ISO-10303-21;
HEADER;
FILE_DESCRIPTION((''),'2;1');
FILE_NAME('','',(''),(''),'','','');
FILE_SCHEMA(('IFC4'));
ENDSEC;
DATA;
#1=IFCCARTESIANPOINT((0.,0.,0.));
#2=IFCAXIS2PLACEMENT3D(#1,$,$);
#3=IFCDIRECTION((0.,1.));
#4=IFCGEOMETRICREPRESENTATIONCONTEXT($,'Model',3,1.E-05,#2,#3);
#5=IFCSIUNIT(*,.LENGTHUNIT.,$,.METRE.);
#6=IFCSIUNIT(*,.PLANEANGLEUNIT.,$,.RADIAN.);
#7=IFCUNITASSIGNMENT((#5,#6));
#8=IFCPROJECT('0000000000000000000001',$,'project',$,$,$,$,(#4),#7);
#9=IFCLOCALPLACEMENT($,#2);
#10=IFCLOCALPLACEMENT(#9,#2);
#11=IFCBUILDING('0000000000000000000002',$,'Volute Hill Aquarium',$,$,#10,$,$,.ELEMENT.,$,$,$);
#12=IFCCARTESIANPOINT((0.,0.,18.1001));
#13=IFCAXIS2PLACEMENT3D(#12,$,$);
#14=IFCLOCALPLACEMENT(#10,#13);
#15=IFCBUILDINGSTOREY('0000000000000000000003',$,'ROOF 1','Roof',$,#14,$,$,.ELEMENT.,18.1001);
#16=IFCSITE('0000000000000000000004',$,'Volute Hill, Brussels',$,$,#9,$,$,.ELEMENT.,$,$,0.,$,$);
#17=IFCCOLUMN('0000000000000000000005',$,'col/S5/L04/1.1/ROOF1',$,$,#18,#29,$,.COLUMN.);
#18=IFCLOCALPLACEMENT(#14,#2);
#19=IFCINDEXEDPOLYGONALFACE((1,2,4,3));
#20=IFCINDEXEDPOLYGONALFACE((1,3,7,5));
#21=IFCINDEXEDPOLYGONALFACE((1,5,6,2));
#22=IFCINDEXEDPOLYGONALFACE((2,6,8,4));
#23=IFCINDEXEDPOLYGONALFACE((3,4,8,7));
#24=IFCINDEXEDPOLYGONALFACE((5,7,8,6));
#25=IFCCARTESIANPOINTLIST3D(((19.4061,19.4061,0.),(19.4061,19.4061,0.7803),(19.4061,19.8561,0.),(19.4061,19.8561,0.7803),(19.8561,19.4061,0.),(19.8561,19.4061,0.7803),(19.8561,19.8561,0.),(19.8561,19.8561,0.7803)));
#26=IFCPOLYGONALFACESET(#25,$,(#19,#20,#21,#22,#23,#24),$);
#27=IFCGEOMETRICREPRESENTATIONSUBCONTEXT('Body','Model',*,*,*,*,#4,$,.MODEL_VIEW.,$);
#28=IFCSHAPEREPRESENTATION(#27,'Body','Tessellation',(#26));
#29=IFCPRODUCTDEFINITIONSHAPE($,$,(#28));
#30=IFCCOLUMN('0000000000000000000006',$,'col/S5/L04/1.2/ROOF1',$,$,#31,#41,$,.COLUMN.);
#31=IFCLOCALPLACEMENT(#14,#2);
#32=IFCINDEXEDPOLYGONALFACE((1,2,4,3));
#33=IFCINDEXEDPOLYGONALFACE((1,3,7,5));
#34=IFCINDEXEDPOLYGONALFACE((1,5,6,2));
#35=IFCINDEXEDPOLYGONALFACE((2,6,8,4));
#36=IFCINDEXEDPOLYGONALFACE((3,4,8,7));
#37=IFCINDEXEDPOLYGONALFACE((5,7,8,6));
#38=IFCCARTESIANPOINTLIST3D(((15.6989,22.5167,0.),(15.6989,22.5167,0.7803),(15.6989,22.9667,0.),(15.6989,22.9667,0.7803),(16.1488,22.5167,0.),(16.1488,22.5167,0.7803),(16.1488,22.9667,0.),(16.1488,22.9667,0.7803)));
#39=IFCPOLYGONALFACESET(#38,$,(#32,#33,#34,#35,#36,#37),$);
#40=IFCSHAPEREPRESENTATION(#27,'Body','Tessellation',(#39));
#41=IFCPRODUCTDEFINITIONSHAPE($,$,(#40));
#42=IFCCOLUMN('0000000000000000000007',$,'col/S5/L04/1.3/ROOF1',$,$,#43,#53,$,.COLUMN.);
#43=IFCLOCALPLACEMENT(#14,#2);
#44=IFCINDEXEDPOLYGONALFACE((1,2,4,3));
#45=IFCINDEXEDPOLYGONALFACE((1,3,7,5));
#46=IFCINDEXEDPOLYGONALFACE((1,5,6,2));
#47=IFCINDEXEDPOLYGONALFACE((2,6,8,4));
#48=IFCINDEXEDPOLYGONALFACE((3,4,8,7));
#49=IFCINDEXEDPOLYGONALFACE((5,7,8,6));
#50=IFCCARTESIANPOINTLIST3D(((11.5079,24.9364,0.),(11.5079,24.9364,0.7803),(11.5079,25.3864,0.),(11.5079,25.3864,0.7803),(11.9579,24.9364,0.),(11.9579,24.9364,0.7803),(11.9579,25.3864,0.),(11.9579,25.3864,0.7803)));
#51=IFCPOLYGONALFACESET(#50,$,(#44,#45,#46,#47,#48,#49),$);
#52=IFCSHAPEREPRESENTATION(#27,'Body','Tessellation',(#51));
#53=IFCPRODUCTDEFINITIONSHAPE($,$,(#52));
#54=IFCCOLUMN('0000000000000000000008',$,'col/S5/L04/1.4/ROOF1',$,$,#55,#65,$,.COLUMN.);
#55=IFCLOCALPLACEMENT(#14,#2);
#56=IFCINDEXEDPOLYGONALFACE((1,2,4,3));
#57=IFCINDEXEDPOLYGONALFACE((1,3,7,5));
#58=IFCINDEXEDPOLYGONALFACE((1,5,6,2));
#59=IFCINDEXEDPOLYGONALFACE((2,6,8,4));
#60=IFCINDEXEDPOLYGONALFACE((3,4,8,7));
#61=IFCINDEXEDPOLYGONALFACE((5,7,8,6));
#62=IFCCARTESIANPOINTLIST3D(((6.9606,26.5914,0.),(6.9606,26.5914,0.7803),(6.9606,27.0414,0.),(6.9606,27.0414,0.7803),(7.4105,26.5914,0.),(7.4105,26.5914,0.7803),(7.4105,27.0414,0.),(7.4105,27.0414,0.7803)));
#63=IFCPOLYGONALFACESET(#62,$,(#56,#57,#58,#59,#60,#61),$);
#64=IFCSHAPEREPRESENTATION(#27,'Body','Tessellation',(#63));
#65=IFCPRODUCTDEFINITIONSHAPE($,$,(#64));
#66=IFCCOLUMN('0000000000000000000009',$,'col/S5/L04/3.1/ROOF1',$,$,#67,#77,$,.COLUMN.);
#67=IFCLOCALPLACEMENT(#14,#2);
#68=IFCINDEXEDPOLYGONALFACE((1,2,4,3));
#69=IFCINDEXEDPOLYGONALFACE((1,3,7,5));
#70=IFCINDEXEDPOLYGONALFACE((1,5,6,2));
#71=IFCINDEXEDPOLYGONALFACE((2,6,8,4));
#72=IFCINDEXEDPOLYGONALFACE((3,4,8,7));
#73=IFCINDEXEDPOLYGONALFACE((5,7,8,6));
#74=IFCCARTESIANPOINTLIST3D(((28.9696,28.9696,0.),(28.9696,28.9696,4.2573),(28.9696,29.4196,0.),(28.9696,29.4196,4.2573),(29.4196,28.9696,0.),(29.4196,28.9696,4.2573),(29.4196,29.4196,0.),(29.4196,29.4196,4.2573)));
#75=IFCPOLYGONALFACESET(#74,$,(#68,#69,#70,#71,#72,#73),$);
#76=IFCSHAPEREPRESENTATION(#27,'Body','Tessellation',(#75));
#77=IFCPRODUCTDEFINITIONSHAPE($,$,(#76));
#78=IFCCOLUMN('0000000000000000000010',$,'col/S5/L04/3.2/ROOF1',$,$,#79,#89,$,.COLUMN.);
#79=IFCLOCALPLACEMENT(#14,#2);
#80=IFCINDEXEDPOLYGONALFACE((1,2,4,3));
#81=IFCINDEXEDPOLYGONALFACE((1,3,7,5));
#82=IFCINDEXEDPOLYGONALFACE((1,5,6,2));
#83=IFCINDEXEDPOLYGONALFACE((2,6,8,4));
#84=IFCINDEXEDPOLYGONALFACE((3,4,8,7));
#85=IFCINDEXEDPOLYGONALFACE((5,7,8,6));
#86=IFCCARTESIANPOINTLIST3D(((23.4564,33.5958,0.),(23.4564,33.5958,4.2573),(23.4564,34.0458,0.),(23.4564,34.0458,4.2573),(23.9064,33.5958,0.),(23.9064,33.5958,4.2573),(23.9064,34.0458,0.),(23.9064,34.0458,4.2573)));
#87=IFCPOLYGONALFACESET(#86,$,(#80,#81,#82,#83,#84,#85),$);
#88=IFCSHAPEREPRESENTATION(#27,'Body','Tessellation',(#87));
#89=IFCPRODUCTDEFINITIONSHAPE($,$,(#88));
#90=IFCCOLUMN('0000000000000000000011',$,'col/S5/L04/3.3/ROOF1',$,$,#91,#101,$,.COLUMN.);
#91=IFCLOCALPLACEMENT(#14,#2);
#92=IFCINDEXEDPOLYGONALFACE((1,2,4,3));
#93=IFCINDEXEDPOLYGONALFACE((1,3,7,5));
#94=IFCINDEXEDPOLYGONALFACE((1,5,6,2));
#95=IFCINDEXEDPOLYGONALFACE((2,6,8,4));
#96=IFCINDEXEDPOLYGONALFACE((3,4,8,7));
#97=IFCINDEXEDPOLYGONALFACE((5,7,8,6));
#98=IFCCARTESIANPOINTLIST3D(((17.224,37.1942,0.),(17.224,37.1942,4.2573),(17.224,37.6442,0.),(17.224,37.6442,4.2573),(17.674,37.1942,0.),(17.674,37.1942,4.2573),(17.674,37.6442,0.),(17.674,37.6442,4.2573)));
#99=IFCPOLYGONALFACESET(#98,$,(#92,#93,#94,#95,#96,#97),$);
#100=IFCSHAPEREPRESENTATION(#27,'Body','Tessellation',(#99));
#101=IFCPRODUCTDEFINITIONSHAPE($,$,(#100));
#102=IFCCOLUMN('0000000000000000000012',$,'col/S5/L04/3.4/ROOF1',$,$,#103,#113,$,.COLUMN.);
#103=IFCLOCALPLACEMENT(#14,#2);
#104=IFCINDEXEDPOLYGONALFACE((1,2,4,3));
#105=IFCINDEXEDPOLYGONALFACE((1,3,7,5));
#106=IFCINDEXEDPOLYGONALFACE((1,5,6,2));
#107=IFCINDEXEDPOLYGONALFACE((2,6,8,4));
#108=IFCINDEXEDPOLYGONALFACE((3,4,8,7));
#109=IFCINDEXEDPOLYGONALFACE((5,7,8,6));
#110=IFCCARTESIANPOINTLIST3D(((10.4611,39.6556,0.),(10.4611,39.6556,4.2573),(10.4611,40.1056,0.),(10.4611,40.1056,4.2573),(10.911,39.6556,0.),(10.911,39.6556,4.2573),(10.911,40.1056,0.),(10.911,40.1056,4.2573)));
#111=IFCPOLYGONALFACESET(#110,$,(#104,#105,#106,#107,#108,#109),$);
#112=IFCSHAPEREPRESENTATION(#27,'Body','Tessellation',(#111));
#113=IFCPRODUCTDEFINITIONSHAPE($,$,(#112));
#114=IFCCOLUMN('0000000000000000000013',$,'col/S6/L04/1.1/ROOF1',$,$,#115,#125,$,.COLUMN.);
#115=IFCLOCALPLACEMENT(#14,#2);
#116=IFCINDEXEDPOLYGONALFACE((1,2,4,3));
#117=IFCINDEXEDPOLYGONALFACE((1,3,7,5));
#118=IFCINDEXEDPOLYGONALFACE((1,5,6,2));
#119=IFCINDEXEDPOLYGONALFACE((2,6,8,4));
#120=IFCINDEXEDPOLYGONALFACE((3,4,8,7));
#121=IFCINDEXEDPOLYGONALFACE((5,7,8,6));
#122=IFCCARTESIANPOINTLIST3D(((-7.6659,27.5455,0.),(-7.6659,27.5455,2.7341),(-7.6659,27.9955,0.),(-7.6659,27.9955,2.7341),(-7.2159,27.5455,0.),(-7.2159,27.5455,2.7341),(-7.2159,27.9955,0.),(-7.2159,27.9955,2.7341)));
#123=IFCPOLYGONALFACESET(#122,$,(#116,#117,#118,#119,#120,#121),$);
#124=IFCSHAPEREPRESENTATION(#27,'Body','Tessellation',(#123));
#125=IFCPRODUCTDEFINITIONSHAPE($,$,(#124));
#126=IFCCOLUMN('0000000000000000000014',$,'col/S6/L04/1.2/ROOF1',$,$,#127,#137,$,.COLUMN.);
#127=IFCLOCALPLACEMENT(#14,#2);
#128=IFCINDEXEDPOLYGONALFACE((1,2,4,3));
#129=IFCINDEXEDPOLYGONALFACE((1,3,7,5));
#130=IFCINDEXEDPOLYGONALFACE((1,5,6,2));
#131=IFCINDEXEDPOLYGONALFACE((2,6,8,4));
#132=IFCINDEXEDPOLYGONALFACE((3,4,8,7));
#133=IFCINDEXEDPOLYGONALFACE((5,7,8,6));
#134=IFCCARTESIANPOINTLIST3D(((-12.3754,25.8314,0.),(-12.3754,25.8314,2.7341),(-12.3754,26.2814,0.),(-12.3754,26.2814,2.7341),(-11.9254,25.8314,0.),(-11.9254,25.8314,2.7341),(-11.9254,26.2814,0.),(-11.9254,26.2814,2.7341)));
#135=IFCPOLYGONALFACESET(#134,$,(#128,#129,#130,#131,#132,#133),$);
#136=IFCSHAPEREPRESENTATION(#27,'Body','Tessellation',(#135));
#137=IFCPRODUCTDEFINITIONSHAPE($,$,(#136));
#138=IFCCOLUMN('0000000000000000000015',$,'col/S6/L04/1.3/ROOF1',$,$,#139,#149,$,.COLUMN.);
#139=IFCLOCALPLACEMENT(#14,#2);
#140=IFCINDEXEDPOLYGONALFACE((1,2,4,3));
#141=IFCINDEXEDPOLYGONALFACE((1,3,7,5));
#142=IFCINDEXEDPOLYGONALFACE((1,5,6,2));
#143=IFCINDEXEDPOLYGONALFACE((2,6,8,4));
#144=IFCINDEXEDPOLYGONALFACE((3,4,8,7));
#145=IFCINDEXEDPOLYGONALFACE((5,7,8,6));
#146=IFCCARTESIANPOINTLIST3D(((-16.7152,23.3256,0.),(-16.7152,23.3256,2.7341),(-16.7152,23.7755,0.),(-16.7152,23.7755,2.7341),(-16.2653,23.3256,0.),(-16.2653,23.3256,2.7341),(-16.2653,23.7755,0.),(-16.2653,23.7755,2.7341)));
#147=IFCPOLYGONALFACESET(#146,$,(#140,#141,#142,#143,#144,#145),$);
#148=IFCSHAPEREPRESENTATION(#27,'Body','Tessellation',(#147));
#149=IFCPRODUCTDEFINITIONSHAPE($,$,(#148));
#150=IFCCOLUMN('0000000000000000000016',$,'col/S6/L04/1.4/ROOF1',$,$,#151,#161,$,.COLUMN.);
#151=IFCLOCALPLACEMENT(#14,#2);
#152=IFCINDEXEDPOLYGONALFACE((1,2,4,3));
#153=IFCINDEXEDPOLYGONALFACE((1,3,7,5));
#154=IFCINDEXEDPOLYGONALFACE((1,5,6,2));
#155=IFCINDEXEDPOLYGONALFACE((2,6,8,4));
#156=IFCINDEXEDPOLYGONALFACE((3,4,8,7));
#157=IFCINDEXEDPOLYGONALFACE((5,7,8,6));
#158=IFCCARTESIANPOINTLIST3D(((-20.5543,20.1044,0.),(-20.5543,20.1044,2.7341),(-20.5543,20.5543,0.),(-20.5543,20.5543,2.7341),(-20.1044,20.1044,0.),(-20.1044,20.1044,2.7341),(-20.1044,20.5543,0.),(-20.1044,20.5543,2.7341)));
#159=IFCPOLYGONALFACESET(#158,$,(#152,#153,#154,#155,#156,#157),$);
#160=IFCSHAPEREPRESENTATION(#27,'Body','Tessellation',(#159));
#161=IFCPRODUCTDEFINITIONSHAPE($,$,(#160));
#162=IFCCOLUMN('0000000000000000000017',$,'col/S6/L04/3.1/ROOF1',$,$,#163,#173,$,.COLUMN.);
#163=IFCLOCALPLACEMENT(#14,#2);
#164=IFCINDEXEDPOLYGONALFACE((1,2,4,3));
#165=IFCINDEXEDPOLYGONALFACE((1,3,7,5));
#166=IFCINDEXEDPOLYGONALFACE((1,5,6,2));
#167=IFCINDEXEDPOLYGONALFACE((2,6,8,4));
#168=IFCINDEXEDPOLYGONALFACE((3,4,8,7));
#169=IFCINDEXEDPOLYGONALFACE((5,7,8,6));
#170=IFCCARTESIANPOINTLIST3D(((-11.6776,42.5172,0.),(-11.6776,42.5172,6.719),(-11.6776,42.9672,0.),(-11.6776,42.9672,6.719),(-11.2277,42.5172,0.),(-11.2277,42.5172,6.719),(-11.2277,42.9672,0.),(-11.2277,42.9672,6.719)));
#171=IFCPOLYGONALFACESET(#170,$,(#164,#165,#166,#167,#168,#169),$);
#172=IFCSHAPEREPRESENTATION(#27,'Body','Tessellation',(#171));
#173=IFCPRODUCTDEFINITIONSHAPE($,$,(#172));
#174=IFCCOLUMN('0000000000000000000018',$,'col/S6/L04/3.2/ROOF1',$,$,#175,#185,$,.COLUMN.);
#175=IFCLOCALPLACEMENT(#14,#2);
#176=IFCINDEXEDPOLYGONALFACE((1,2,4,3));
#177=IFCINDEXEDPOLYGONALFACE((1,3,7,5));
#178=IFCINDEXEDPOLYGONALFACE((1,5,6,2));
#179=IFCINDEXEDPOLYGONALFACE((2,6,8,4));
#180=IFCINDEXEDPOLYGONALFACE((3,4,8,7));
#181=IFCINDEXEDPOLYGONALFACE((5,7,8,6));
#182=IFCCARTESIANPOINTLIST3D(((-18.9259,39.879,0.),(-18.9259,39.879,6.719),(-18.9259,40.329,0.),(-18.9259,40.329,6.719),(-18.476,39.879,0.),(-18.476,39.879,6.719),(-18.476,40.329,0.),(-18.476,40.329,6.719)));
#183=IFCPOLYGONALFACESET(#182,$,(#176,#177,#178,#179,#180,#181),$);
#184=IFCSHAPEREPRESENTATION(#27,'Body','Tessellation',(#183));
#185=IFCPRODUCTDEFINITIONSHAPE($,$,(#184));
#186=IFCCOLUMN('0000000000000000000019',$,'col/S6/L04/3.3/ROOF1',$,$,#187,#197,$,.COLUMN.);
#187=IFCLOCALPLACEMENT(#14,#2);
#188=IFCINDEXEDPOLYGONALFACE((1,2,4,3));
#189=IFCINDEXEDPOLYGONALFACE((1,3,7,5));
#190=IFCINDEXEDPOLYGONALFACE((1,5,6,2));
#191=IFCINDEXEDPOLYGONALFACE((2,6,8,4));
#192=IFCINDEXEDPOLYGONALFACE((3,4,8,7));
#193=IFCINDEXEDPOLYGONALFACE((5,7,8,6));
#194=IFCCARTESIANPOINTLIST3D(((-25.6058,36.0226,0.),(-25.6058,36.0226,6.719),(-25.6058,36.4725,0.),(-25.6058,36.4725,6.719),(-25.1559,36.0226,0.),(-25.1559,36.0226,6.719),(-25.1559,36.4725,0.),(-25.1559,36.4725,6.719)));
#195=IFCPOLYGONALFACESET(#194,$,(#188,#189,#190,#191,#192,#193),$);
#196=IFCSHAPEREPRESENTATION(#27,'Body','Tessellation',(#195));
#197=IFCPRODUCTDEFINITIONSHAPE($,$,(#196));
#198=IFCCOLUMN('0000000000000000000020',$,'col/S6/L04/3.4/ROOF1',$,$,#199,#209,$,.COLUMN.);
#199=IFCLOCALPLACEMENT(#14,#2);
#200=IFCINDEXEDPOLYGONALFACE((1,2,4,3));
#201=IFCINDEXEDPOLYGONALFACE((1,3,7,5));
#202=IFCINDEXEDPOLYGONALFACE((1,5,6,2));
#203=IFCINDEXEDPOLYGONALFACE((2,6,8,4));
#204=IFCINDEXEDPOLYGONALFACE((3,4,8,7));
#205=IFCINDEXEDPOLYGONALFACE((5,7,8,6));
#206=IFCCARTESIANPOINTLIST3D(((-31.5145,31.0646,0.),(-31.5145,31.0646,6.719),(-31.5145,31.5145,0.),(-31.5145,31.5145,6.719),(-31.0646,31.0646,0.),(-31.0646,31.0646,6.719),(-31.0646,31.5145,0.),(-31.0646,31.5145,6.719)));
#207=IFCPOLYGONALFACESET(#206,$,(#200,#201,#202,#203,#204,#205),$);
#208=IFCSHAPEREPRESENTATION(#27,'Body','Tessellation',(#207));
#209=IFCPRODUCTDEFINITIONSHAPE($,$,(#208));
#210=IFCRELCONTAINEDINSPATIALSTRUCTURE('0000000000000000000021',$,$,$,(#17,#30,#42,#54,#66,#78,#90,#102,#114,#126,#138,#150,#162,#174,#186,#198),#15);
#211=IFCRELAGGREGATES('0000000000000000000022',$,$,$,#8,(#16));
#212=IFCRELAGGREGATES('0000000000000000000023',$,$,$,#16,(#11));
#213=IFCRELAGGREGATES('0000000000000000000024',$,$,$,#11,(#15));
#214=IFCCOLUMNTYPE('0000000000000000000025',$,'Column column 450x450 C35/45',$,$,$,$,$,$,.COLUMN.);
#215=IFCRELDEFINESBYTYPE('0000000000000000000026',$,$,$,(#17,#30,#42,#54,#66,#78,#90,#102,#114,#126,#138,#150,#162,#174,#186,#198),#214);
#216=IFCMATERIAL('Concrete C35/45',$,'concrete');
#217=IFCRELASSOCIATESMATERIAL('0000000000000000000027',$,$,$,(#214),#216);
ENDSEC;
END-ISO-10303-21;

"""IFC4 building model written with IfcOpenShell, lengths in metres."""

from ifc_helpers import new_model, si_unit, direction, frame, origin, origin_2d, place, context, subcontext, project, spatial, rectangle, extrude, material, material_profile, profile_set, type_object, element, save


model = new_model("IFC4")

# Units and contexts
model_context = context("Model", 3, precision=1e-05, world=origin(), true_north=direction((0.0, 1.0)))
body_context = subcontext(model_context, "Body", "Model", "MODEL_VIEW")
ifc_project = project(units=[si_unit("LENGTHUNIT", "METRE"), si_unit("PLANEANGLEUNIT", "RADIAN")], contexts=[model_context])

# Site, building, storey
site_placement = place(None, origin())
site = spatial("IfcSite", under=ifc_project, at=site_placement, Name="Volute Hill, Brussels", CompositionType="ELEMENT", RefElevation=0.0)
building_placement = place(site_placement, origin())
building = spatial("IfcBuilding", under=site, at=building_placement, Name="Volute Hill Aquarium", CompositionType="ELEMENT")
storey_placement = place(building_placement, frame((0.0, 0.0, 18.1001)))
storey = spatial("IfcBuildingStorey", under=building, at=storey_placement, Name="ROOF 1", Description="Roof", CompositionType="ELEMENT", Elevation=18.1001)

# Columns
ifc_material_1 = material(Name="Concrete C35/45", Category="concrete")
ifc_material_profile_1 = material_profile(ifc_material_1, rectangle(XDim=0.45, YDim=0.45, at=origin_2d()), Name="RC column 450x450")
ifc_profile_set_1 = profile_set([ifc_material_profile_1], Name="Concrete C35/45")
column_type_1 = type_object("IfcColumnType", Name="Column column 450x450 C35/45", PredefinedType="COLUMN", material=ifc_profile_set_1)
for number, where, z_axis, x_axis, name in (
    (1, (19.6311, 19.6311, 0.0), (0.0, 0.0, 1.0), (1.0, 0.0, 0.0), "col/S5/L04/1.1/ROOF1"),
    (2, (15.9238, 22.7417, 0.0), (0.0, 0.0, 1.0), (1.0, 0.0, 0.0), "col/S5/L04/1.2/ROOF1"),
    (3, (11.7329, 25.1614, 0.0), (0.0, 0.0, 1.0), (1.0, 0.0, 0.0), "col/S5/L04/1.3/ROOF1"),
    (4, (7.1855, 26.8164, 0.0), (0.0, 0.0, 1.0), (1.0, 0.0, 0.0), "col/S5/L04/1.4/ROOF1"),
):
    element("IfcColumn", number, at=place(storey_placement, frame(where, z_axis=z_axis, x_axis=x_axis)), inside=storey, type_object=column_type_1, Name=name, PredefinedType="COLUMN", context=body_context, shape_type="SweptSolid", body=[
        extrude(rectangle(XDim=0.45, YDim=0.45, at=origin_2d()), origin(), (0.0, 0.0, 1.0), 0.7803),
    ])
for number, where, z_axis, x_axis, name in (
    (5, (29.1946, 29.1946, 0.0), (0.0, 0.0, 1.0), (1.0, 0.0, 0.0), "col/S5/L04/3.1/ROOF1"),
    (6, (23.6814, 33.8208, 0.0), (0.0, 0.0, 1.0), (1.0, 0.0, 0.0), "col/S5/L04/3.2/ROOF1"),
    (7, (17.449, 37.4192, 0.0), (0.0, 0.0, 1.0), (1.0, 0.0, 0.0), "col/S5/L04/3.3/ROOF1"),
    (8, (10.686, 39.8806, 0.0), (0.0, 0.0, 1.0), (1.0, 0.0, 0.0), "col/S5/L04/3.4/ROOF1"),
):
    element("IfcColumn", number, at=place(storey_placement, frame(where, z_axis=z_axis, x_axis=x_axis)), inside=storey, type_object=column_type_1, Name=name, PredefinedType="COLUMN", context=body_context, shape_type="SweptSolid", body=[
        extrude(rectangle(XDim=0.45, YDim=0.45, at=origin_2d()), origin(), (0.0, 0.0, 1.0), 4.2573),
    ])
for number, where, z_axis, x_axis, name in (
    (9, (-7.4409, 27.7705, 0.0), (0.0, 0.0, 1.0), (1.0, 0.0, 0.0), "col/S6/L04/1.1/ROOF1"),
    (10, (-12.1504, 26.0564, 0.0), (0.0, 0.0, 1.0), (1.0, 0.0, 0.0), "col/S6/L04/1.2/ROOF1"),
    (11, (-16.4902, 23.5505, 0.0), (0.0, 0.0, 1.0), (1.0, 0.0, 0.0), "col/S6/L04/1.3/ROOF1"),
    (12, (-20.3293, 20.3293, 0.0), (0.0, 0.0, 1.0), (1.0, 0.0, 0.0), "col/S6/L04/1.4/ROOF1"),
):
    element("IfcColumn", number, at=place(storey_placement, frame(where, z_axis=z_axis, x_axis=x_axis)), inside=storey, type_object=column_type_1, Name=name, PredefinedType="COLUMN", context=body_context, shape_type="SweptSolid", body=[
        extrude(rectangle(XDim=0.45, YDim=0.45, at=origin_2d()), origin(), (0.0, 0.0, 1.0), 2.7341),
    ])
for number, where, z_axis, x_axis, name in (
    (13, (-11.4526, 42.7422, 0.0), (0.0, 0.0, 1.0), (1.0, 0.0, 0.0), "col/S6/L04/3.1/ROOF1"),
    (14, (-18.7009, 40.104, 0.0), (0.0, 0.0, 1.0), (1.0, 0.0, 0.0), "col/S6/L04/3.2/ROOF1"),
    (15, (-25.3809, 36.2476, 0.0), (0.0, 0.0, 1.0), (1.0, 0.0, 0.0), "col/S6/L04/3.3/ROOF1"),
    (16, (-31.2896, 31.2896, 0.0), (0.0, 0.0, 1.0), (1.0, 0.0, 0.0), "col/S6/L04/3.4/ROOF1"),
):
    element("IfcColumn", number, at=place(storey_placement, frame(where, z_axis=z_axis, x_axis=x_axis)), inside=storey, type_object=column_type_1, Name=name, PredefinedType="COLUMN", context=body_context, shape_type="SweptSolid", body=[
        extrude(rectangle(XDim=0.45, YDim=0.45, at=origin_2d()), origin(), (0.0, 0.0, 1.0), 6.719),
    ])

save(model, "model.ifc")
